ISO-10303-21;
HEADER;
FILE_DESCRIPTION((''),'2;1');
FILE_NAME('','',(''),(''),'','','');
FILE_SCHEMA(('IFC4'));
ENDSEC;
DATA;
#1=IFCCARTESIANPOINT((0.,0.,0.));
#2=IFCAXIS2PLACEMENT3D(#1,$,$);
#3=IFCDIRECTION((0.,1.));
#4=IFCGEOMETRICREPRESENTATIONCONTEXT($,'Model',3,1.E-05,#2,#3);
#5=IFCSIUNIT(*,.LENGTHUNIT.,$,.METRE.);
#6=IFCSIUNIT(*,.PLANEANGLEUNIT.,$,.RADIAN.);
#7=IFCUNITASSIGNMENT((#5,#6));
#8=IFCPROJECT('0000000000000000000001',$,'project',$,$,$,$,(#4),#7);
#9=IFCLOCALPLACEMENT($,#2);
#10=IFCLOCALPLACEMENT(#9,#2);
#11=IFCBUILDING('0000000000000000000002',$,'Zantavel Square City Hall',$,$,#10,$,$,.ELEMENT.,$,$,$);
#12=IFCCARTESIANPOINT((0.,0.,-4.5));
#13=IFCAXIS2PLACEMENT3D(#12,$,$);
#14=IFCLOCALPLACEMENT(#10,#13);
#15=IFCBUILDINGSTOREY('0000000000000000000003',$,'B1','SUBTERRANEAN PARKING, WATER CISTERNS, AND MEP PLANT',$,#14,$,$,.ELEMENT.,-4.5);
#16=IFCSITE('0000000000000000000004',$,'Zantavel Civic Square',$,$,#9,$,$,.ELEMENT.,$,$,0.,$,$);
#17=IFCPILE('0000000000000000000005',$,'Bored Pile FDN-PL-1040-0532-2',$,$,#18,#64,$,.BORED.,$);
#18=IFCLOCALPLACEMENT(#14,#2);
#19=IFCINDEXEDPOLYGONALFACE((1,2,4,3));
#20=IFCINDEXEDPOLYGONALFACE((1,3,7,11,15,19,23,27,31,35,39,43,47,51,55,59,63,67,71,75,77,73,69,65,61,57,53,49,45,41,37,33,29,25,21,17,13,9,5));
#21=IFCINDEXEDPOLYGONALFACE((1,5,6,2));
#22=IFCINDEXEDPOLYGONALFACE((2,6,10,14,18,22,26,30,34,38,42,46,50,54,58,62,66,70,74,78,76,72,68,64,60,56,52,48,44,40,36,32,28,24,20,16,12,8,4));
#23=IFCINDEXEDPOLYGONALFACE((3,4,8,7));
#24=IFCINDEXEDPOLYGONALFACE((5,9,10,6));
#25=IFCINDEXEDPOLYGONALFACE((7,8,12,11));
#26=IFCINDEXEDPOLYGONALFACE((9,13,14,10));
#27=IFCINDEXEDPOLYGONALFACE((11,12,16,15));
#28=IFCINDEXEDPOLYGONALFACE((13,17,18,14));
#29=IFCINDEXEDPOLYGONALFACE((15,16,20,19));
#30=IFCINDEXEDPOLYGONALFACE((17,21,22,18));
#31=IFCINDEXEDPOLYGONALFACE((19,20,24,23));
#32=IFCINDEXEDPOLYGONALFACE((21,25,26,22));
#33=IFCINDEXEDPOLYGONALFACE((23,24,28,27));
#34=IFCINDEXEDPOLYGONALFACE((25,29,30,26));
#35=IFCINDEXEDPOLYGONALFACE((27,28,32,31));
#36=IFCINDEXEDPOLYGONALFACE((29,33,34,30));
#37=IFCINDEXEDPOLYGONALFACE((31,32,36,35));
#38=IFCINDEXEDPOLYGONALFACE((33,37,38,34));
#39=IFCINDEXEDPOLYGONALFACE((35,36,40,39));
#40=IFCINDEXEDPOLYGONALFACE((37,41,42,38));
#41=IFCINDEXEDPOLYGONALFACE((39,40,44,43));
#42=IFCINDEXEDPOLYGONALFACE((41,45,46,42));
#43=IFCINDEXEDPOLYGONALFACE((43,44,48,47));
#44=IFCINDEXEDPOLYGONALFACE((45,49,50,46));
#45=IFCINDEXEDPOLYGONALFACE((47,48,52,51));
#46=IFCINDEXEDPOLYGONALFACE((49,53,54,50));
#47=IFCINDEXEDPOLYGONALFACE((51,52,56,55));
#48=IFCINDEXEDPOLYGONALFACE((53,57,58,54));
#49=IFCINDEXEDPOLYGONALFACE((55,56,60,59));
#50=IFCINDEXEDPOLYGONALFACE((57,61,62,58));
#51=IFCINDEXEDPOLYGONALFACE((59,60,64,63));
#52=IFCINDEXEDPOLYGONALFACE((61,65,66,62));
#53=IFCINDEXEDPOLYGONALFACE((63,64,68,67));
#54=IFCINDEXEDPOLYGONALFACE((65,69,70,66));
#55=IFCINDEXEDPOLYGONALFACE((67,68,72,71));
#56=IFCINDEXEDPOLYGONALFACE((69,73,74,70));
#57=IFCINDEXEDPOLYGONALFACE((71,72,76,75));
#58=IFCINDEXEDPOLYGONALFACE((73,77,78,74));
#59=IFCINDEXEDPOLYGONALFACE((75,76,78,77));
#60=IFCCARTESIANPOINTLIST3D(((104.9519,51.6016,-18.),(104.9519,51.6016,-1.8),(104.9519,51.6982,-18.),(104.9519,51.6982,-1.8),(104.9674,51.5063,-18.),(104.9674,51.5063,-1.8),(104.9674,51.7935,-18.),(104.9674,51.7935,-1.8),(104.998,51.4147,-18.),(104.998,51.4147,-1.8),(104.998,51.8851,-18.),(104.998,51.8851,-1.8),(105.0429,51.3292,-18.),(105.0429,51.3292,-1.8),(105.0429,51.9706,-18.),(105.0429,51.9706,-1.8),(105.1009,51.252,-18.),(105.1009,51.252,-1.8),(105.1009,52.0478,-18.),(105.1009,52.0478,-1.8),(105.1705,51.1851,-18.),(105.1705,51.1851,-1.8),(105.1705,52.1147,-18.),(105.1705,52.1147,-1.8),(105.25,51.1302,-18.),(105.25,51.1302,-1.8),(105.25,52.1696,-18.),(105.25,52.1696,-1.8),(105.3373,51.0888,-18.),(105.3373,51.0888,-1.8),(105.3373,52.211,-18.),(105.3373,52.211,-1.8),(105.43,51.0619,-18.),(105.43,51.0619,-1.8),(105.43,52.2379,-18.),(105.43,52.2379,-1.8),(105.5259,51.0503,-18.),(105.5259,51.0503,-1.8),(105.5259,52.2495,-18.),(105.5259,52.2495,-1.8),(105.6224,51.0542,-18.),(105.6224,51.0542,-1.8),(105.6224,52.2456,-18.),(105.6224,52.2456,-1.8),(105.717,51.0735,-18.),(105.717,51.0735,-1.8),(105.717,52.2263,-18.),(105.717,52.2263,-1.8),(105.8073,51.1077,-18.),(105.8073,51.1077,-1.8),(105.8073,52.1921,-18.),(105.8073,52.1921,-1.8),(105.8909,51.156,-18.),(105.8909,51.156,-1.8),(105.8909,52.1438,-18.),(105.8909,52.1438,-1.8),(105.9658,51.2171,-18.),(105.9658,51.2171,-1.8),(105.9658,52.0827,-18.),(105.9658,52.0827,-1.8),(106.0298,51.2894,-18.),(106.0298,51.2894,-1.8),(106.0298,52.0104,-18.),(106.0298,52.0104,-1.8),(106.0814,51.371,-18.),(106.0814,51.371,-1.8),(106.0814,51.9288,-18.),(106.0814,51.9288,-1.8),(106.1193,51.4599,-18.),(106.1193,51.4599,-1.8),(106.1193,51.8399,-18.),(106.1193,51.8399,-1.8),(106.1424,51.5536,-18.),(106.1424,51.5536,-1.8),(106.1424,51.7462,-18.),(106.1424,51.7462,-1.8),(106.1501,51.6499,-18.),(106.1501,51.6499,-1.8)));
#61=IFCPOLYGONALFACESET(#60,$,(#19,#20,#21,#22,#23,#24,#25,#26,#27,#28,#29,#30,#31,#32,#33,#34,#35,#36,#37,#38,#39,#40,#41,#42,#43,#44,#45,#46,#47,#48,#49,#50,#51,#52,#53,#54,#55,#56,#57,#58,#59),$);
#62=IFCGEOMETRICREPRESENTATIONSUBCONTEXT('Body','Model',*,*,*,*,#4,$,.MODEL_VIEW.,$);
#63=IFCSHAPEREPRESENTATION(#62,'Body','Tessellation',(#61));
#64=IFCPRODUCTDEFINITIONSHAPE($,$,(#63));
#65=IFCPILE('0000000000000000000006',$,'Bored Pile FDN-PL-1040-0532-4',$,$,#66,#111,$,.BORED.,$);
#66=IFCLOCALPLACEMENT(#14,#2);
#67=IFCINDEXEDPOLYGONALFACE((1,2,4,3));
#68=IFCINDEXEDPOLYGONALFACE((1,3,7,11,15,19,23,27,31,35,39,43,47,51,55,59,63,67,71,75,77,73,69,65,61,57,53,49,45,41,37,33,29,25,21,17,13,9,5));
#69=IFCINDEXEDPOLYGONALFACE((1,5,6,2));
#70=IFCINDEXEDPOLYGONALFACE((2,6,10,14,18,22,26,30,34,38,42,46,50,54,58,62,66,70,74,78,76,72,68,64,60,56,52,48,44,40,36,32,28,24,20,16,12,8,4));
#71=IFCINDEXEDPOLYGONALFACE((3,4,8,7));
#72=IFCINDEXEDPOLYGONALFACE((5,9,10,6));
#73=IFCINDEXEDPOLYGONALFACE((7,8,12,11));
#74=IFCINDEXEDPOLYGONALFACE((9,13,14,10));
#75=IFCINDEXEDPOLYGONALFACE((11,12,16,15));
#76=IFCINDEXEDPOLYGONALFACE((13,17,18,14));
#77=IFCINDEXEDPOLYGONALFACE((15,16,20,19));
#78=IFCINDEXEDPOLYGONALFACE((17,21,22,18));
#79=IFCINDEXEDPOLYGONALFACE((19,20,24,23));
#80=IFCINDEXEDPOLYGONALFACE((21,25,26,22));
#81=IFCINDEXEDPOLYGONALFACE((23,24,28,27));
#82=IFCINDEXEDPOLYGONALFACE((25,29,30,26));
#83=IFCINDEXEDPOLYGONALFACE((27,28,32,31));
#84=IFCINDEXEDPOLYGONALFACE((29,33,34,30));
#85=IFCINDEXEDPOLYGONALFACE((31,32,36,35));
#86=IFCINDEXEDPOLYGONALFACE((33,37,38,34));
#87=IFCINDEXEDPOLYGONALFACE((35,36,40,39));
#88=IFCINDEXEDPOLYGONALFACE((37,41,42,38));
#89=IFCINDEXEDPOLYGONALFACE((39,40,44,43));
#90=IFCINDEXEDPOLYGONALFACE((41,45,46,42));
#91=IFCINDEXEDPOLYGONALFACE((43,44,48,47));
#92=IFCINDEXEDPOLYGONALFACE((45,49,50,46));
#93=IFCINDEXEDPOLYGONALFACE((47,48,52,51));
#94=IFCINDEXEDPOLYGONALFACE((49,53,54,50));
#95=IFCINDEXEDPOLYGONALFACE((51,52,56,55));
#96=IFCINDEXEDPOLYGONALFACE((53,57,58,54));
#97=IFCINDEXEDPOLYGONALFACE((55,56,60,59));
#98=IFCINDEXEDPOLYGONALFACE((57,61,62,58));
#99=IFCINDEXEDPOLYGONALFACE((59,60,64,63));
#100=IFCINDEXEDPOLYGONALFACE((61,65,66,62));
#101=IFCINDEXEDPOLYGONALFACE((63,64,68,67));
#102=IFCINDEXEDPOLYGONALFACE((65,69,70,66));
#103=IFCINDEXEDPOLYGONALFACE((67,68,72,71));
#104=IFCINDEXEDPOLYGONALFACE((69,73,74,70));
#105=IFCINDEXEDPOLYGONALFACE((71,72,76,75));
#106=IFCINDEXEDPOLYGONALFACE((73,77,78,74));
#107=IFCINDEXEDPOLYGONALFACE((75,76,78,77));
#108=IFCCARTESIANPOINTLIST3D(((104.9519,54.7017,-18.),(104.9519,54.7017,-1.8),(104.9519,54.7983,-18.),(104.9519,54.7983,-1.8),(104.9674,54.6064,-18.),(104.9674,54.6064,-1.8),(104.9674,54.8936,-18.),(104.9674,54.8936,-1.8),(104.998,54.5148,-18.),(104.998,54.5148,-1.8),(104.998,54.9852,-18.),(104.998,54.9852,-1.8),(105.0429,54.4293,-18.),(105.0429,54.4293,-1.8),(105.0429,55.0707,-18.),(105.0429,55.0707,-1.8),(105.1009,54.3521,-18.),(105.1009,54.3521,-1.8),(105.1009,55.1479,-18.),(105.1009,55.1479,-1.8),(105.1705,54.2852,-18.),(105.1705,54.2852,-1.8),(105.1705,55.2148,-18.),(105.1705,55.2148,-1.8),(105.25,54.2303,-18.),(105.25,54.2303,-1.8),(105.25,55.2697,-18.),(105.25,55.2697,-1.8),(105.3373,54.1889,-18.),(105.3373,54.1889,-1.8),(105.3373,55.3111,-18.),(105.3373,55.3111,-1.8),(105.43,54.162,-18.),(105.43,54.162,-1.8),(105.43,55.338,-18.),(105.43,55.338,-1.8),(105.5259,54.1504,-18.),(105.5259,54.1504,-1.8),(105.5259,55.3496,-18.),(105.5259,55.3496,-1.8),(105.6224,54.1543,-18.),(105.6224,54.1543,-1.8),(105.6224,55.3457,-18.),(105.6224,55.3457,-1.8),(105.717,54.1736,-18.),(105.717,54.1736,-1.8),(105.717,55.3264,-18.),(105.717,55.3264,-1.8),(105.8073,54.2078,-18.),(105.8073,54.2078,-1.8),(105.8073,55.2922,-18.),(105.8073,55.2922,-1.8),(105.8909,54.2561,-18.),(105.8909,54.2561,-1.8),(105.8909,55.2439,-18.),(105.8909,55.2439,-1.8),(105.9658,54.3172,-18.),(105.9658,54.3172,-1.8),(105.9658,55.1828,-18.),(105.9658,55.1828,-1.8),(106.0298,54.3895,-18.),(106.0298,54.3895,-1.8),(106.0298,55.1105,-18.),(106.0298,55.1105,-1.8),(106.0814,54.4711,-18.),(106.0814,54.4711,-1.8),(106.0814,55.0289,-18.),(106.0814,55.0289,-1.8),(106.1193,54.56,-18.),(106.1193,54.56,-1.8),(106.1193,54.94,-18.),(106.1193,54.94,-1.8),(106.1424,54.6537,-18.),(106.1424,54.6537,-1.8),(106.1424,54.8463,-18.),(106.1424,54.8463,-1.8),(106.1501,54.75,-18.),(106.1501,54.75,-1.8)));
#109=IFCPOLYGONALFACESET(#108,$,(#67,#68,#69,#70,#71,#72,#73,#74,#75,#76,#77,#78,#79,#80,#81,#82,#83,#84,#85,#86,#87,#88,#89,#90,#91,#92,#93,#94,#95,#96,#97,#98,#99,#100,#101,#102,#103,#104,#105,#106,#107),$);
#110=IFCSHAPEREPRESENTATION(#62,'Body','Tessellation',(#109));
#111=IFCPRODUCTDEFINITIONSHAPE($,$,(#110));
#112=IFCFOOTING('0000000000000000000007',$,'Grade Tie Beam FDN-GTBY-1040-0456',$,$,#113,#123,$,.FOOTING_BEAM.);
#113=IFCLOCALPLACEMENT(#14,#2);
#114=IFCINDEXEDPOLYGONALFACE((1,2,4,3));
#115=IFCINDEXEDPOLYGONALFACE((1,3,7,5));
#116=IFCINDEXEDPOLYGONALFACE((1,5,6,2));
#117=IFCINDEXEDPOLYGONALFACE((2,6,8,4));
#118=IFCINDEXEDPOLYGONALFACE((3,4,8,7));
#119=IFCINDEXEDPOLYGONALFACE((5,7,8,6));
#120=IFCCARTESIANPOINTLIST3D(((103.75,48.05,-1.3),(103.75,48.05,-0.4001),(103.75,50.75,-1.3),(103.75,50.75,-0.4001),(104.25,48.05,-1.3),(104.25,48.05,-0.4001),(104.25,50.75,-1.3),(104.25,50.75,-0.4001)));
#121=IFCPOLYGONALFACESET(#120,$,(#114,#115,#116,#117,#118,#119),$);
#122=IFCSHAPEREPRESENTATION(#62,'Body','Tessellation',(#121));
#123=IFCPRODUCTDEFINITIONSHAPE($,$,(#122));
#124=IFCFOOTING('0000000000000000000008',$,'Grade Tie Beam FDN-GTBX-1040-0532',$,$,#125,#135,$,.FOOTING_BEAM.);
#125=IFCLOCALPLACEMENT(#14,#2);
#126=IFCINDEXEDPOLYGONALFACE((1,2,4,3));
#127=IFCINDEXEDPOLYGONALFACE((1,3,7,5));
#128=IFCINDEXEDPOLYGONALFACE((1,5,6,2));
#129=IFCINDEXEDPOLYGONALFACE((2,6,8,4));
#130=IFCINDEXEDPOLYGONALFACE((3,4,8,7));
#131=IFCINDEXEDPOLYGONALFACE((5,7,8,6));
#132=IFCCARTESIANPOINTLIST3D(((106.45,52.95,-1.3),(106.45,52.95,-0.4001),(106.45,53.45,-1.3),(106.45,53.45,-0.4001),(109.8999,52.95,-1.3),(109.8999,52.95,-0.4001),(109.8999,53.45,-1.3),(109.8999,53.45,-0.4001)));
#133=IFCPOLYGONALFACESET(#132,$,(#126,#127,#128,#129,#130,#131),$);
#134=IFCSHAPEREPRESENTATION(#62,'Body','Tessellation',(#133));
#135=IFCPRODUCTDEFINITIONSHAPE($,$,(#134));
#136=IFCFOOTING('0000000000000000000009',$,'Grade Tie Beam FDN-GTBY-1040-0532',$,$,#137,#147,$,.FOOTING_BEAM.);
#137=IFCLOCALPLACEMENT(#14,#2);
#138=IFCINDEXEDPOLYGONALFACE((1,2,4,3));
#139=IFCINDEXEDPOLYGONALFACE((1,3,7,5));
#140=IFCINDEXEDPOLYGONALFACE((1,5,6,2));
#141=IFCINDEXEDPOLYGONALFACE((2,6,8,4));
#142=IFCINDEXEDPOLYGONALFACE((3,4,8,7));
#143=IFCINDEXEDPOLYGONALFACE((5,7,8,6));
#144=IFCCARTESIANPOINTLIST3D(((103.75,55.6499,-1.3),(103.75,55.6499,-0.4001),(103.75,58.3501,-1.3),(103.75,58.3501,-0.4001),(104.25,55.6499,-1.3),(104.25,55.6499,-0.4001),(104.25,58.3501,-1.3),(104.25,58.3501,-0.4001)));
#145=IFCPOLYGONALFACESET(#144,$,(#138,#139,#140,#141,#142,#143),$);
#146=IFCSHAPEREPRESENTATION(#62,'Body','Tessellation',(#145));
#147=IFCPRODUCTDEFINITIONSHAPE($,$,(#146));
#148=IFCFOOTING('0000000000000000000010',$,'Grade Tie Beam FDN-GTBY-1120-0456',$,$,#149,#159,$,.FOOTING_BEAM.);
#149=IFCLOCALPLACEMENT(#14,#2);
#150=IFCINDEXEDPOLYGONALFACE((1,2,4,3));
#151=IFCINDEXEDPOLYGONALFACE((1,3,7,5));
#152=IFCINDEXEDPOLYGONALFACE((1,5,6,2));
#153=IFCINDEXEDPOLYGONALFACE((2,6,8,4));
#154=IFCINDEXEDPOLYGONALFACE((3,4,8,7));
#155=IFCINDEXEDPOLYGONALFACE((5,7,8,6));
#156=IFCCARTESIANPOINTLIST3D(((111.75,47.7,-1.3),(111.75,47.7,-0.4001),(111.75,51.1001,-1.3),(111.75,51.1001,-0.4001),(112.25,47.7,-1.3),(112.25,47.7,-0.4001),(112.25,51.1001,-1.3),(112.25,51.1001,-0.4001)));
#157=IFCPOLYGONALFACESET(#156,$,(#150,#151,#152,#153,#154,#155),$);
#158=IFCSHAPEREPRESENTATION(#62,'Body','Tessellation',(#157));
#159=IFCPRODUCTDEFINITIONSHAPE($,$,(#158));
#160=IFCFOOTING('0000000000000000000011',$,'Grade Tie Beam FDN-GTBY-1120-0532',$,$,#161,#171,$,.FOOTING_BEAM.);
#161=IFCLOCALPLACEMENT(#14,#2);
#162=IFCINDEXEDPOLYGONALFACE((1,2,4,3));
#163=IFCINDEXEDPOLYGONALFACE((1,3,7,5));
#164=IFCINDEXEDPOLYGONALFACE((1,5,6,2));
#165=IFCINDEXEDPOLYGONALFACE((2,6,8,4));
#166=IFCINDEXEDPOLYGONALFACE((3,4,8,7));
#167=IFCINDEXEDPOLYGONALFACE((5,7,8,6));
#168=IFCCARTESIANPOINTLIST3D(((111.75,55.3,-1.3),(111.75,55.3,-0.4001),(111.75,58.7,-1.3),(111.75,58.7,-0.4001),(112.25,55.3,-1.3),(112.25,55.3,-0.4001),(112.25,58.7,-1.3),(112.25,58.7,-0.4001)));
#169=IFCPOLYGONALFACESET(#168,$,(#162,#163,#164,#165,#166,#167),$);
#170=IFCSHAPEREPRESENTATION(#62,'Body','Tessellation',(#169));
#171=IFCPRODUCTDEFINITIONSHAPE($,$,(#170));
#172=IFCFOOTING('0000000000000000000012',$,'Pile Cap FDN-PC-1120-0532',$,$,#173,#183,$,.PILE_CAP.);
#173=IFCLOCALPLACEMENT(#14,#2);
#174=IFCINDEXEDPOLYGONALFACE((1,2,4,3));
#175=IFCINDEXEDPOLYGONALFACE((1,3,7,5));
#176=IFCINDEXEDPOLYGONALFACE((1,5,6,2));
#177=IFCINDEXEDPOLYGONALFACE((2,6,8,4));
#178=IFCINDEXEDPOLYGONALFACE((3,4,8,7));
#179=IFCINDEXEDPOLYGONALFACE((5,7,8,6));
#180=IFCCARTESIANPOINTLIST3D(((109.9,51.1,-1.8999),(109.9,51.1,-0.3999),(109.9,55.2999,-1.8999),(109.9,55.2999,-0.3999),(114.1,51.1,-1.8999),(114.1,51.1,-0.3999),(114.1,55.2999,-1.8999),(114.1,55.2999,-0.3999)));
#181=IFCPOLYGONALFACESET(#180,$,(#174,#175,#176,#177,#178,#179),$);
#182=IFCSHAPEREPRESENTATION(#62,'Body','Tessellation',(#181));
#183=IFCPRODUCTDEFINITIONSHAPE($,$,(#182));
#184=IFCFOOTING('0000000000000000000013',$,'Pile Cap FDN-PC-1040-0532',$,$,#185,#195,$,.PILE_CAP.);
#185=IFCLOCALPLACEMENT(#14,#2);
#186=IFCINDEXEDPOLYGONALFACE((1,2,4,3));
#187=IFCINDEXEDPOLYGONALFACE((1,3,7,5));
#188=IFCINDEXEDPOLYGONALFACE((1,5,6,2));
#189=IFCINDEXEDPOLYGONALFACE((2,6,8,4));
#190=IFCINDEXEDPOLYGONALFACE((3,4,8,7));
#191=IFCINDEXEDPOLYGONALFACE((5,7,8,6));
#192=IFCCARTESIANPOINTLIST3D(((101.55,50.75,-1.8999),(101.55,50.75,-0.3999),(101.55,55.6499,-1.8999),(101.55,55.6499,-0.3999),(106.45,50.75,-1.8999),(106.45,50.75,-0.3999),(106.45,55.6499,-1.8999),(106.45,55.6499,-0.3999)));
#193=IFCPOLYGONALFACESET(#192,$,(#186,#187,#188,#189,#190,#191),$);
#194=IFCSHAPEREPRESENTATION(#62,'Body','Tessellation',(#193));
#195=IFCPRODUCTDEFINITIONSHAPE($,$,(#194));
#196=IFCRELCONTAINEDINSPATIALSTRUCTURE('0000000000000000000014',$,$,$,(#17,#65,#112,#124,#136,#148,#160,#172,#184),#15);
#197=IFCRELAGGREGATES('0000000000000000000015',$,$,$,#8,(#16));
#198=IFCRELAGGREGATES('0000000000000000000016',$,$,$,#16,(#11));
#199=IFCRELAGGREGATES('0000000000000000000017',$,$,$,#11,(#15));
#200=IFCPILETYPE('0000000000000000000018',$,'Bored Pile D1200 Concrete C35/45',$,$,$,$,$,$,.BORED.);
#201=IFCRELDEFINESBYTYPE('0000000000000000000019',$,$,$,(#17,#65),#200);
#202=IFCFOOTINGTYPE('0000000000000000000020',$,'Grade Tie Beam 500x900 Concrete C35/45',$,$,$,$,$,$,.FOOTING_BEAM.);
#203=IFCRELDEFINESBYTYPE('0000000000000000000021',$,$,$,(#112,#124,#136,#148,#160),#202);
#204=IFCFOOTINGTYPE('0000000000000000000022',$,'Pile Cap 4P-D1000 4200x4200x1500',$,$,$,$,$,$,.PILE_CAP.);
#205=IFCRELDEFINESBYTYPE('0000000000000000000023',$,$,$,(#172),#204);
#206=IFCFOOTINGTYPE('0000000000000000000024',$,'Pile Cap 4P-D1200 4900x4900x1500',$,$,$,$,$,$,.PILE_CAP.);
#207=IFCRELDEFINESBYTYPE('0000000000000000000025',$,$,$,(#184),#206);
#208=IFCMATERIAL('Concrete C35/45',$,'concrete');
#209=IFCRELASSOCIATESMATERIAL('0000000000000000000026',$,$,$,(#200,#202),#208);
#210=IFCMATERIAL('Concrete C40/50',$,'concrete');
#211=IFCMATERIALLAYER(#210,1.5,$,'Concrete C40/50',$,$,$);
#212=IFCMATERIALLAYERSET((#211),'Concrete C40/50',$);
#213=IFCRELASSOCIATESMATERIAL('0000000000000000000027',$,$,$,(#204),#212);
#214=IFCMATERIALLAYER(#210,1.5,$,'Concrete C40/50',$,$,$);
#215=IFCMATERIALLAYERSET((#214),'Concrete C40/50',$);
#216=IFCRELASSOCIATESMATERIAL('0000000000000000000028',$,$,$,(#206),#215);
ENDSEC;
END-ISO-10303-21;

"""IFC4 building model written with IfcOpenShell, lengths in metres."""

from ifc_helpers import new_model, si_unit, direction, frame, origin, origin_2d, place, context, subcontext, project, spatial, rectangle, circle, extrude, material, layer, layer_set, material_profile, profile_set, type_object, element, save


model = new_model("IFC4")

# Units and contexts
model_context = context("Model", 3, precision=1e-05, world=origin(), true_north=direction((0.0, 1.0)))
body_context = subcontext(model_context, "Body", "Model", "MODEL_VIEW")
ifc_project = project(units=[si_unit("LENGTHUNIT", "METRE"), si_unit("PLANEANGLEUNIT", "RADIAN")], contexts=[model_context])

# Site, building, storey
site_placement = place(None, origin())
site = spatial("IfcSite", under=ifc_project, at=site_placement, Name="Zantavel Civic Square", CompositionType="ELEMENT", RefElevation=0.0)
building_placement = place(site_placement, origin())
building = spatial("IfcBuilding", under=site, at=building_placement, Name="Zantavel Square City Hall", CompositionType="ELEMENT")
storey_placement = place(building_placement, frame((0.0, 0.0, -4.5)))
storey = spatial("IfcBuildingStorey", under=building, at=storey_placement, Name="B1", Description="SUBTERRANEAN PARKING, WATER CISTERNS, AND MEP PLANT", CompositionType="ELEMENT", Elevation=-4.5)

# Piles
ifc_material_1 = material(Name="Concrete C35/45", Category="concrete")
ifc_material_profile_1 = material_profile(ifc_material_1, circle(Radius=0.6001, at=origin_2d()), Name="PILE D1200")
ifc_profile_set_1 = profile_set([ifc_material_profile_1], Name="Concrete C35/45")
pile_type_1 = type_object("IfcPileType", Name="Bored Pile D1200 Concrete C35/45", PredefinedType="BORED", material=ifc_profile_set_1)
for number, where, z_axis, x_axis, name in (
    (1, (105.55, 51.6499, -1.8), (0.0, 0.0, -1.0), (1.0, 0.0, 0.0), "Bored Pile FDN-PL-1040-0532-2"),
    (2, (105.55, 54.75, -1.8), (0.0, 0.0, -1.0), (1.0, 0.0, 0.0), "Bored Pile FDN-PL-1040-0532-4"),
):
    element("IfcPile", number, at=place(storey_placement, frame(where, z_axis=z_axis, x_axis=x_axis)), inside=storey, type_object=pile_type_1, Name=name, PredefinedType="BORED", context=body_context, shape_type="SweptSolid", body=[
        extrude(circle(Radius=0.6001, at=origin_2d()), origin(), (0.0, 0.0, 1.0), 16.2),
    ])

# Footings
ifc_material_profile_2 = material_profile(ifc_material_1, rectangle(XDim=0.5, YDim=0.8999, at=origin_2d()), Name="RC 500x900")
ifc_profile_set_2 = profile_set([ifc_material_profile_2], Name="Concrete C35/45")
footing_type_1 = type_object("IfcFootingType", Name="Grade Tie Beam 500x900 Concrete C35/45", PredefinedType="FOOTING_BEAM", material=ifc_profile_set_2)
footing_1_placement = place(storey_placement, frame((104.0, 48.05, -0.8501), z_axis=(0.0, 1.0, 0.0), x_axis=(-1.0, 0.0, 0.0)))
element("IfcFooting", 3, at=footing_1_placement, inside=storey, type_object=footing_type_1, Name="Grade Tie Beam FDN-GTBY-1040-0456", PredefinedType="FOOTING_BEAM", context=body_context, shape_type="SweptSolid", body=[
    extrude(rectangle(XDim=0.5, YDim=0.8999, at=origin_2d()), origin(), (0.0, 0.0, 1.0), 2.7),
])
footing_2_placement = place(storey_placement, frame((106.45, 53.2, -0.8501), z_axis=(1.0, 0.0, 0.0), x_axis=(0.0, 1.0, 0.0)))
element("IfcFooting", 4, at=footing_2_placement, inside=storey, type_object=footing_type_1, Name="Grade Tie Beam FDN-GTBX-1040-0532", PredefinedType="FOOTING_BEAM", context=body_context, shape_type="SweptSolid", body=[
    extrude(rectangle(XDim=0.5, YDim=0.8999, at=origin_2d()), origin(), (0.0, 0.0, 1.0), 3.45),
])
footing_3_placement = place(storey_placement, frame((104.0, 55.6499, -0.8501), z_axis=(0.0, 1.0, 0.0), x_axis=(-1.0, 0.0, 0.0)))
element("IfcFooting", 5, at=footing_3_placement, inside=storey, type_object=footing_type_1, Name="Grade Tie Beam FDN-GTBY-1040-0532", PredefinedType="FOOTING_BEAM", context=body_context, shape_type="SweptSolid", body=[
    extrude(rectangle(XDim=0.5, YDim=0.8999, at=origin_2d()), origin(), (0.0, 0.0, 1.0), 2.7002),
])
footing_4_placement = place(storey_placement, frame((112.0, 47.7, -0.8501), z_axis=(0.0, 1.0, 0.0), x_axis=(-1.0, 0.0, 0.0)))
element("IfcFooting", 6, at=footing_4_placement, inside=storey, type_object=footing_type_1, Name="Grade Tie Beam FDN-GTBY-1120-0456", PredefinedType="FOOTING_BEAM", context=body_context, shape_type="SweptSolid", body=[
    extrude(rectangle(XDim=0.5, YDim=0.8999, at=origin_2d()), origin(), (0.0, 0.0, 1.0), 3.4001),
])
footing_5_placement = place(storey_placement, frame((112.0, 55.3, -0.8501), z_axis=(0.0, 1.0, 0.0), x_axis=(-1.0, 0.0, 0.0)))
element("IfcFooting", 7, at=footing_5_placement, inside=storey, type_object=footing_type_1, Name="Grade Tie Beam FDN-GTBY-1120-0532", PredefinedType="FOOTING_BEAM", context=body_context, shape_type="SweptSolid", body=[
    extrude(rectangle(XDim=0.5, YDim=0.8999, at=origin_2d()), origin(), (0.0, 0.0, 1.0), 3.3999),
])
ifc_material_2 = material(Name="Concrete C40/50", Category="concrete")
ifc_layer_1 = layer(ifc_material_2, 1.5, Name="Concrete C40/50")
ifc_layer_set_1 = layer_set([ifc_layer_1], Name="Concrete C40/50")
footing_type_2 = type_object("IfcFootingType", Name="Pile Cap 4P-D1000 4200x4200x1500", PredefinedType="PILE_CAP", material=ifc_layer_set_1)
footing_6_placement = place(storey_placement, frame((112.0, 53.2, -1.8999), z_axis=(0.0, 0.0, 1.0), x_axis=(1.0, 0.0, 0.0)))
element("IfcFooting", 8, at=footing_6_placement, inside=storey, type_object=footing_type_2, Name="Pile Cap FDN-PC-1120-0532", PredefinedType="PILE_CAP", context=body_context, shape_type="SweptSolid", body=[
    extrude(rectangle(XDim=4.2, YDim=4.2, at=origin_2d()), origin(), (0.0, 0.0, 1.0), 1.5),
])
ifc_layer_2 = layer(ifc_material_2, 1.5, Name="Concrete C40/50")
ifc_layer_set_2 = layer_set([ifc_layer_2], Name="Concrete C40/50")
footing_type_3 = type_object("IfcFootingType", Name="Pile Cap 4P-D1200 4900x4900x1500", PredefinedType="PILE_CAP", material=ifc_layer_set_2)
footing_7_placement = place(storey_placement, frame((104.0, 53.2, -1.8999), z_axis=(0.0, 0.0, 1.0), x_axis=(1.0, 0.0, 0.0)))
element("IfcFooting", 9, at=footing_7_placement, inside=storey, type_object=footing_type_3, Name="Pile Cap FDN-PC-1040-0532", PredefinedType="PILE_CAP", context=body_context, shape_type="SweptSolid", body=[
    extrude(rectangle(XDim=4.8999, YDim=4.8999, at=origin_2d()), origin(), (0.0, 0.0, 1.0), 1.5),
])

save(model, "model.ifc")
